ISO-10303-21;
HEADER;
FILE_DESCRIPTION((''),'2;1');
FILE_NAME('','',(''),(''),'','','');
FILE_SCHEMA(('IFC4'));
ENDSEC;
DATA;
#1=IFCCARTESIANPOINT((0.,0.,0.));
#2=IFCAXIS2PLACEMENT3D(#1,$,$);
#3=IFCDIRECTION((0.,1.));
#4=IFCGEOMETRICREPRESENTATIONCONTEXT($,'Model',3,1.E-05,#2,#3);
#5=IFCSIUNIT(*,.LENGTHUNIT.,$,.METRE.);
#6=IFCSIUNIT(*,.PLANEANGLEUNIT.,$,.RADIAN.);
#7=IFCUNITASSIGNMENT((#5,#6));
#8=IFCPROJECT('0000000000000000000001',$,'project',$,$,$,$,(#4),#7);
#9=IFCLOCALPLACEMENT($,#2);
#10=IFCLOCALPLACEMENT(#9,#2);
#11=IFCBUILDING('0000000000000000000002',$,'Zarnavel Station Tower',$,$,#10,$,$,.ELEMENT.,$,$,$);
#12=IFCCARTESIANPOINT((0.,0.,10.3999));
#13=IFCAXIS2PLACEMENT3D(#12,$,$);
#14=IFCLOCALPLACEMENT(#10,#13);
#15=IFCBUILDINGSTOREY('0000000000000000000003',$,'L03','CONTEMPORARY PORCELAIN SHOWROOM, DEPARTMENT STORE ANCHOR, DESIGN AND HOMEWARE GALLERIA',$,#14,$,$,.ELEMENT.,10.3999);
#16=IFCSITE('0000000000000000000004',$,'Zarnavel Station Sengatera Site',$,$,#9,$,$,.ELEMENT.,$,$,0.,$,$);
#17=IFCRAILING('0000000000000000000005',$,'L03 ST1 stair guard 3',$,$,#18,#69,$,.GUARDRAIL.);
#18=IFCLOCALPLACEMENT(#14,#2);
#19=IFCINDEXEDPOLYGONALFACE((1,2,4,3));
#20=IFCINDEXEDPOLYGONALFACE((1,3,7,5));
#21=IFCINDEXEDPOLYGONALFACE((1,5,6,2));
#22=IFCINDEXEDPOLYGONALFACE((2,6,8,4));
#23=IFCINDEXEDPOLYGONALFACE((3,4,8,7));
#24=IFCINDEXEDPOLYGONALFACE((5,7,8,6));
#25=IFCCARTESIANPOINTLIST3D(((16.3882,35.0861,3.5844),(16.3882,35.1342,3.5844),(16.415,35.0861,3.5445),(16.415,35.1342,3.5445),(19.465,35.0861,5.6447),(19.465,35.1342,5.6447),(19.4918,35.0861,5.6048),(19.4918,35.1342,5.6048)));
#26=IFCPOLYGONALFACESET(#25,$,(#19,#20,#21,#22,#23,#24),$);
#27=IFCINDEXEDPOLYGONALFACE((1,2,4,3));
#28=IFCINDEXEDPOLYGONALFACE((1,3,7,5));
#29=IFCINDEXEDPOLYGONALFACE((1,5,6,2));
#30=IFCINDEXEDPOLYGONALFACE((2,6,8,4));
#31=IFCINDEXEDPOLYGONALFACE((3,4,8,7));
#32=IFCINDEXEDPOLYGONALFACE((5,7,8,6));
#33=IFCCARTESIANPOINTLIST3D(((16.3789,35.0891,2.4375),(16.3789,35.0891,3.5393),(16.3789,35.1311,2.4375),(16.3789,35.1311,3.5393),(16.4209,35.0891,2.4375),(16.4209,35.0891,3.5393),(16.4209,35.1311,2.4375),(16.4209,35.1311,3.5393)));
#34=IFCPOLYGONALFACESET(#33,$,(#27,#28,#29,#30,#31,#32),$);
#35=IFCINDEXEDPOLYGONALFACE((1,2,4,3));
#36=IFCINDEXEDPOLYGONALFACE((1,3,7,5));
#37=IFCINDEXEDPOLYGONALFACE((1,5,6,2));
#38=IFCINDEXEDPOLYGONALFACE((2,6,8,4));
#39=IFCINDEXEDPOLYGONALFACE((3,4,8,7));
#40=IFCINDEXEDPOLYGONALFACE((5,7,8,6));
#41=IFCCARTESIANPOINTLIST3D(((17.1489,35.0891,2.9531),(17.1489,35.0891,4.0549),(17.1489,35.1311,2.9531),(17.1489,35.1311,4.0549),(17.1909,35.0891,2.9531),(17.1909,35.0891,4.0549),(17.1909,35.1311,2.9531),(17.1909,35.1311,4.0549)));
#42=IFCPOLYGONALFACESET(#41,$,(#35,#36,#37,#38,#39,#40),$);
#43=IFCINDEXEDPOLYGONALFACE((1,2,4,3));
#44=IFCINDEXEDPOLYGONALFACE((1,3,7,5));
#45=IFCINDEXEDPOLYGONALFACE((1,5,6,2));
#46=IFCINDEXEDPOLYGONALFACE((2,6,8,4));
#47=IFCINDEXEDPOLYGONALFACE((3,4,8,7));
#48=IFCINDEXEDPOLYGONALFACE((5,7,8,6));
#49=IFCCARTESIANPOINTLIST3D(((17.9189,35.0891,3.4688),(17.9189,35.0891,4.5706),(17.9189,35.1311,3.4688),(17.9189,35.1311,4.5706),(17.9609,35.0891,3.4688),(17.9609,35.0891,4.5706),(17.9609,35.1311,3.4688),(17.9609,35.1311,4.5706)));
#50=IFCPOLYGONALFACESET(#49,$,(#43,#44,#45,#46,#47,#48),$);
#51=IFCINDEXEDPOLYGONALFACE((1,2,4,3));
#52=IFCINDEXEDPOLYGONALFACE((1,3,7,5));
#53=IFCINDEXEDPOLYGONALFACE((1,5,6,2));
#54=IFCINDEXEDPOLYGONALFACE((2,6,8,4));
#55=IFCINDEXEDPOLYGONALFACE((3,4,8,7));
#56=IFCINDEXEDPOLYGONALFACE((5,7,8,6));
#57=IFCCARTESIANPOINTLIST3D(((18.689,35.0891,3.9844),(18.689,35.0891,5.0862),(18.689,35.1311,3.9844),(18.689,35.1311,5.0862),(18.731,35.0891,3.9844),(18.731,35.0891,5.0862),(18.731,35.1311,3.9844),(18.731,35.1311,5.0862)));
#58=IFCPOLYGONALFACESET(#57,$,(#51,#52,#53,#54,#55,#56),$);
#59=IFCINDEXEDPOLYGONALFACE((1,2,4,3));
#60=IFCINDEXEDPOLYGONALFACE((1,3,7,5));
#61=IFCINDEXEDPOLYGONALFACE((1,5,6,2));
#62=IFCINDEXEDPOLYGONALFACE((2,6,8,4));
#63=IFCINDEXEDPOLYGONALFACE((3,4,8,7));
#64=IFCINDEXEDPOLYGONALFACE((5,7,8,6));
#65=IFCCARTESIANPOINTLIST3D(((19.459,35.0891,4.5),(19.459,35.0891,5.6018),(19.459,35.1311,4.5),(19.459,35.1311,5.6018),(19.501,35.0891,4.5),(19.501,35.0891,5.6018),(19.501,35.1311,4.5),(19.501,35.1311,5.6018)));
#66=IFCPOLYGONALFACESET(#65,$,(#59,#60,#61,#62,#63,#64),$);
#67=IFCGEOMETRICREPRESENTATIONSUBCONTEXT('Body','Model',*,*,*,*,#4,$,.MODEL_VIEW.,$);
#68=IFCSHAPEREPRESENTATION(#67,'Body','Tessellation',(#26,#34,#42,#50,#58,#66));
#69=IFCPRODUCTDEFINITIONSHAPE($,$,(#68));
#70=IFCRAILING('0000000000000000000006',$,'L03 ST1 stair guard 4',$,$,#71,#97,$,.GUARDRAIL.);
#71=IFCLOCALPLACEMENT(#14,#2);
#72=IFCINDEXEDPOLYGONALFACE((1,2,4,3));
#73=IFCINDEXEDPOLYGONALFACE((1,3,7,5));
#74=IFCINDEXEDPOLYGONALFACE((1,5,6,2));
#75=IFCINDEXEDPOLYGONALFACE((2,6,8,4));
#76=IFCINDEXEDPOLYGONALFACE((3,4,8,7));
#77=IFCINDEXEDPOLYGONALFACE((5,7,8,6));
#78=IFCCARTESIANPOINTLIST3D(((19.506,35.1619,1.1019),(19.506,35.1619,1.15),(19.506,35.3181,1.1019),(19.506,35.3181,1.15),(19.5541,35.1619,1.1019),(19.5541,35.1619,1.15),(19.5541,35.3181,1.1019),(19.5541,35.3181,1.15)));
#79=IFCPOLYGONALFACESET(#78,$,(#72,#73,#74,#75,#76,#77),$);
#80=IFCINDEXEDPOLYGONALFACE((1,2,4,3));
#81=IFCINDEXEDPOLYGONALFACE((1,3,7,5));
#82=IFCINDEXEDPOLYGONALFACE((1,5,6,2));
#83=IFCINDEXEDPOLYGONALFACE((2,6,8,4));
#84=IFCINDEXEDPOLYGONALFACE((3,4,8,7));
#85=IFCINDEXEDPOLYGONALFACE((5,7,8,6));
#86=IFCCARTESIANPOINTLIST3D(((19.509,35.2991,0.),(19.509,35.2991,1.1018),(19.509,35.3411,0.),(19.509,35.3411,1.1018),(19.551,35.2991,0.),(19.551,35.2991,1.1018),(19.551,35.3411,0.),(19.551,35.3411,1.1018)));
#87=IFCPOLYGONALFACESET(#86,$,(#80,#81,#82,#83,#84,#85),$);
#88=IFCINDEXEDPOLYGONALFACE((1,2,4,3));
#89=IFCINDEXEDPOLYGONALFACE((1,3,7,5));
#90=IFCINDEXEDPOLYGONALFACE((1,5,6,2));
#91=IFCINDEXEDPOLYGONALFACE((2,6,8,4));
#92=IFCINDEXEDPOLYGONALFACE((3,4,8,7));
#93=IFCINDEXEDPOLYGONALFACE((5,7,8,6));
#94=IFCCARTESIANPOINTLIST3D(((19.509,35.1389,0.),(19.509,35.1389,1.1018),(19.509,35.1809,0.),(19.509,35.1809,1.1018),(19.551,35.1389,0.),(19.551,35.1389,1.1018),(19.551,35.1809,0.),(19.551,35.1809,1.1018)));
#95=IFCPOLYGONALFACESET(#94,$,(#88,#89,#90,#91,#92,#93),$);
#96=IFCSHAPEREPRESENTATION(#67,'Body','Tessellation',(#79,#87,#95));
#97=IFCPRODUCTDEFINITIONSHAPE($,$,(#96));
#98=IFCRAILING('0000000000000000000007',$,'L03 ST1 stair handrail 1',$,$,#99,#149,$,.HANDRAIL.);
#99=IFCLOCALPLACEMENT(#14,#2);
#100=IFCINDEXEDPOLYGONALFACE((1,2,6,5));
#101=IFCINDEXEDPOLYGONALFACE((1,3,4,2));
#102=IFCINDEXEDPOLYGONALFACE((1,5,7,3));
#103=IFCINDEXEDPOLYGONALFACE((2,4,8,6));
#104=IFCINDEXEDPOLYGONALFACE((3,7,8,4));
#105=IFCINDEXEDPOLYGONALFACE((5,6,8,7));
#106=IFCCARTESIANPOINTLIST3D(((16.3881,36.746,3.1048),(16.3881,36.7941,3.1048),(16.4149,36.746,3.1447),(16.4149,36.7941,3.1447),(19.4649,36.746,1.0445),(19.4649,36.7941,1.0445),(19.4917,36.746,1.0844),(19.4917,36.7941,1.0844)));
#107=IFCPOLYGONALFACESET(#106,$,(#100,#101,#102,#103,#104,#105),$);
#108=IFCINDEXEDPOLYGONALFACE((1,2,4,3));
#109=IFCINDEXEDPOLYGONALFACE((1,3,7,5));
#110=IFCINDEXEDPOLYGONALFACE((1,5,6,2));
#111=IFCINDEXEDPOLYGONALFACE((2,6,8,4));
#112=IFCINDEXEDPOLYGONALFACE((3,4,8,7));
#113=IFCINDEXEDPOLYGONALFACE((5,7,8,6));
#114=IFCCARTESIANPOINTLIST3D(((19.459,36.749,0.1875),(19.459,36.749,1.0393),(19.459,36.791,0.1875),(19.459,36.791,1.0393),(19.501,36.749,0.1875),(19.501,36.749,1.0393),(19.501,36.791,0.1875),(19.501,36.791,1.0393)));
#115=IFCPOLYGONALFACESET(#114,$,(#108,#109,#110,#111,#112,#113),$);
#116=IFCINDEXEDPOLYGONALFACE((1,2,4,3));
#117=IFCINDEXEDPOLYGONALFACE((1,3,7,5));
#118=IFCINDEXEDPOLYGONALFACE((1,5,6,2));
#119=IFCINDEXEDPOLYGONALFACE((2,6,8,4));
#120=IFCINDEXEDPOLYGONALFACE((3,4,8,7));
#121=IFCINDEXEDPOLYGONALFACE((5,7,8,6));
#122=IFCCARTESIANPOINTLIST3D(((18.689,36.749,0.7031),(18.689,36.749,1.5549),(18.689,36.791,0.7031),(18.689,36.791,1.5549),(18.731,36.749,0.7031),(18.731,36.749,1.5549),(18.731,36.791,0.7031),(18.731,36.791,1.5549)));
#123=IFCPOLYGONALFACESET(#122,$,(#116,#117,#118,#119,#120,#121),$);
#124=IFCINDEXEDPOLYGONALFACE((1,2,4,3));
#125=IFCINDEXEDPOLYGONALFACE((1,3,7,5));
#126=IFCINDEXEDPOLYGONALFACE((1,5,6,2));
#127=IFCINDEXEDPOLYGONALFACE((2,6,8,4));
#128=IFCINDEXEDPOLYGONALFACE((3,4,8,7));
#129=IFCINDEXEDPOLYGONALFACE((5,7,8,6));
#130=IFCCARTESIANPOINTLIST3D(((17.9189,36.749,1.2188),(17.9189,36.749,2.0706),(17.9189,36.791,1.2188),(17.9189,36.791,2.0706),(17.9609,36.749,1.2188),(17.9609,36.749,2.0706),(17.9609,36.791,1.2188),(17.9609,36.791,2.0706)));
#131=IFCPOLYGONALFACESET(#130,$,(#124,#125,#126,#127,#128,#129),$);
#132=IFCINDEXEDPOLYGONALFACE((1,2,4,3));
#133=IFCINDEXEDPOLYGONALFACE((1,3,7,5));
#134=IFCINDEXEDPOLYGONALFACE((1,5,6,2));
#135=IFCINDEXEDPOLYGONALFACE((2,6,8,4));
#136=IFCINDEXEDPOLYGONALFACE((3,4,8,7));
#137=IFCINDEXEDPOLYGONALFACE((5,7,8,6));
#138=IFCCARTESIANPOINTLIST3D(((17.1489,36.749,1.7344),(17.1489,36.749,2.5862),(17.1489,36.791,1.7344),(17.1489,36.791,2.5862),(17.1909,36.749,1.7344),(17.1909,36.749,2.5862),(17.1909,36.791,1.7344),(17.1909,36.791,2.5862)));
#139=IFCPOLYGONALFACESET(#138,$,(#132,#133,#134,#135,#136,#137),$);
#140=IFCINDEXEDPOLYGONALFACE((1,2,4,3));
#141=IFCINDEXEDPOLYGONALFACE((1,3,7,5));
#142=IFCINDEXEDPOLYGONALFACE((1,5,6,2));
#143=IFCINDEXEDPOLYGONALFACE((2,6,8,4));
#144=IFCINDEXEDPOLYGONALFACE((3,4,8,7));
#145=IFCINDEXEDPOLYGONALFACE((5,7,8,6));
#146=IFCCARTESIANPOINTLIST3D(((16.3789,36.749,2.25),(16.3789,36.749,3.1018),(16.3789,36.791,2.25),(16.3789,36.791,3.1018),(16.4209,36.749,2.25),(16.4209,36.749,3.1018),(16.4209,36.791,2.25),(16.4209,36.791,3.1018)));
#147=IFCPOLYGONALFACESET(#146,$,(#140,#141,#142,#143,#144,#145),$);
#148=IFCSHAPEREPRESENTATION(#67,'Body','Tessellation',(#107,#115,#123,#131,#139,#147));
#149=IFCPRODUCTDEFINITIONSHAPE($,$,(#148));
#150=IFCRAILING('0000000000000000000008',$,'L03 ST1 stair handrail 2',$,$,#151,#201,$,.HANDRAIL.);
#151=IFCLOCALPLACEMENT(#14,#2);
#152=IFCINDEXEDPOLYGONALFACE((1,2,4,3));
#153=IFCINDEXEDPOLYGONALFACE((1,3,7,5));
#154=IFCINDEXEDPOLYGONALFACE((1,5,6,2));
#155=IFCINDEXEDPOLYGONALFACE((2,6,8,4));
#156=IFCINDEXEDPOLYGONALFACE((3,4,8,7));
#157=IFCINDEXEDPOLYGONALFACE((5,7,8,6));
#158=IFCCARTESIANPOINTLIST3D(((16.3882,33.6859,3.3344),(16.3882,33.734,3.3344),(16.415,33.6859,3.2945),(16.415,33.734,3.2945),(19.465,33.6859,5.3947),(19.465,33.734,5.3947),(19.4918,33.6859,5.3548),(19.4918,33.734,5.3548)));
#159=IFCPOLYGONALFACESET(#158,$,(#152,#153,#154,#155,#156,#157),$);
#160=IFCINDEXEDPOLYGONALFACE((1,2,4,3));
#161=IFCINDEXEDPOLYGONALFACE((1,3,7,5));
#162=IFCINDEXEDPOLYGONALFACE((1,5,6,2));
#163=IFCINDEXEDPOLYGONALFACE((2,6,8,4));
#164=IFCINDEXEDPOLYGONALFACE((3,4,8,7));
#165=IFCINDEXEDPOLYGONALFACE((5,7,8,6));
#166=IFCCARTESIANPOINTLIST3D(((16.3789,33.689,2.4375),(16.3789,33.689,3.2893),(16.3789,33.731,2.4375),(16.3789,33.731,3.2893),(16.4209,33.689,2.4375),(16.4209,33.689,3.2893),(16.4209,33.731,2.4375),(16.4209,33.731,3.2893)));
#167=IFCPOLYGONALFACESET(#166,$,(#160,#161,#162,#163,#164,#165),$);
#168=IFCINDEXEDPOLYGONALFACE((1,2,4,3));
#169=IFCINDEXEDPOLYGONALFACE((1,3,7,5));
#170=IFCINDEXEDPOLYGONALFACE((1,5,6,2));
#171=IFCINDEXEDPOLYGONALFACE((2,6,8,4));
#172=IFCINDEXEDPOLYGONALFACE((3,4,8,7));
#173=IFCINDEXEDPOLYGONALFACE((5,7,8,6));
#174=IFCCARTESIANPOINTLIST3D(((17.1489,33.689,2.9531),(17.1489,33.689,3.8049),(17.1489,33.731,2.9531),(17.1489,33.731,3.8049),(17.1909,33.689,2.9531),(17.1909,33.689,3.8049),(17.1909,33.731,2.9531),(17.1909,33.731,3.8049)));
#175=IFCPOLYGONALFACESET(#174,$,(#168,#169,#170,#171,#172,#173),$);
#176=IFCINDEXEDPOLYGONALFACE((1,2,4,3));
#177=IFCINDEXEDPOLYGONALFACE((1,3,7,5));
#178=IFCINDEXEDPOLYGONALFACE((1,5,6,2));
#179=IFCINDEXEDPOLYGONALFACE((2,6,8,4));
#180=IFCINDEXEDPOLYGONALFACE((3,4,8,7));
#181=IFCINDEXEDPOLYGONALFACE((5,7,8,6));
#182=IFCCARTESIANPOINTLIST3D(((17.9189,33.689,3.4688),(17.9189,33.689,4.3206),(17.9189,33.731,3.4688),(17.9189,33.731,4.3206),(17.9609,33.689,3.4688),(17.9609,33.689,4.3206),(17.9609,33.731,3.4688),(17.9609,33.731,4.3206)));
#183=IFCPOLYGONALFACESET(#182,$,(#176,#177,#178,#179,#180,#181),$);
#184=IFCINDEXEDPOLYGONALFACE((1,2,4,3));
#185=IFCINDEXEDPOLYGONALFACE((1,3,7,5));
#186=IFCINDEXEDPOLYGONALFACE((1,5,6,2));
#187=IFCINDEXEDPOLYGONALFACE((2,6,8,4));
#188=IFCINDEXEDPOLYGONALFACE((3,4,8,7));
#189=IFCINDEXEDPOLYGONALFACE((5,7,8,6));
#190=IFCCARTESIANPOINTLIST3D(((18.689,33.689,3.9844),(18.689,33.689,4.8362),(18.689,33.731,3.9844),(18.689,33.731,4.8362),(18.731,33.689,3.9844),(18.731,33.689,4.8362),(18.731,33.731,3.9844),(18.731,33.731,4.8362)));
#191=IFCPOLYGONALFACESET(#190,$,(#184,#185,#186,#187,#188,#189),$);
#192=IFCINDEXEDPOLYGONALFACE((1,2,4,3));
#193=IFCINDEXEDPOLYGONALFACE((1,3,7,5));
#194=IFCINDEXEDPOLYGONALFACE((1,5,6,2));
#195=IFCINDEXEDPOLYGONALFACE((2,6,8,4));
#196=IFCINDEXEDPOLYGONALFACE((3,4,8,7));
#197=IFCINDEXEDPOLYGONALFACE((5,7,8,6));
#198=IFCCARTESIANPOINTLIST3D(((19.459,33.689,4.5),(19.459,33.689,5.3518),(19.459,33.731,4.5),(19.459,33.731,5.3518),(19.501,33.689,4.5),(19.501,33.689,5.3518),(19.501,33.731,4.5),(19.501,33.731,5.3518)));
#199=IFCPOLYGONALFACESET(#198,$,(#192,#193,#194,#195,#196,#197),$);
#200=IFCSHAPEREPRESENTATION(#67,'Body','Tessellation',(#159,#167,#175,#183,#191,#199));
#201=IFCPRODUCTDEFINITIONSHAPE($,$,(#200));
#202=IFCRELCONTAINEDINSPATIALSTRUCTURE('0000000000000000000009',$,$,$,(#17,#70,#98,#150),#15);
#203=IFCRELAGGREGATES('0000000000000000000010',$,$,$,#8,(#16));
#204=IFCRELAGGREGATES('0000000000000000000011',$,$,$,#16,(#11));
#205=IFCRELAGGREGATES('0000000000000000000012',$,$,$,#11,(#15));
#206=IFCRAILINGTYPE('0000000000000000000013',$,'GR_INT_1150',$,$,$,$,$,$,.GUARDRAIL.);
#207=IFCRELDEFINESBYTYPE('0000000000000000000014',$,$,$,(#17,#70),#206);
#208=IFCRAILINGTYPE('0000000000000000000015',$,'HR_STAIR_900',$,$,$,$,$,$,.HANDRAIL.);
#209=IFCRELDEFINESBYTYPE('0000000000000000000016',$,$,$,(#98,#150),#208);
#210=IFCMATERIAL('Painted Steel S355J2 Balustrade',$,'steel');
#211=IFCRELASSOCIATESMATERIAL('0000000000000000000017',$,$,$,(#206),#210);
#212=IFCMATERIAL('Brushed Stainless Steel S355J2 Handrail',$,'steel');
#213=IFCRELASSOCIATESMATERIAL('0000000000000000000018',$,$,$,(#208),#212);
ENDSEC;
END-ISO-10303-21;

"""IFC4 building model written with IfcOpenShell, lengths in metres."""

from ifc_helpers import new_model, si_unit, direction, frame, origin, origin_2d, place, context, subcontext, project, spatial, rectangle, extrude, material, type_object, element, save


model = new_model("IFC4")

# Units and contexts
model_context = context("Model", 3, precision=1e-05, world=origin(), true_north=direction((0.0, 1.0)))
body_context = subcontext(model_context, "Body", "Model", "MODEL_VIEW")
ifc_project = project(units=[si_unit("LENGTHUNIT", "METRE"), si_unit("PLANEANGLEUNIT", "RADIAN")], contexts=[model_context])

# Site, building, storey
site_placement = place(None, origin())
site = spatial("IfcSite", under=ifc_project, at=site_placement, Name="Zarnavel Station Sengatera Site", CompositionType="ELEMENT", RefElevation=0.0)
building_placement = place(site_placement, origin())
building = spatial("IfcBuilding", under=site, at=building_placement, Name="Zarnavel Station Tower", CompositionType="ELEMENT")
storey_placement = place(building_placement, frame((0.0, 0.0, 10.3999)))
storey = spatial("IfcBuildingStorey", under=building, at=storey_placement, Name="L03", Description="CONTEMPORARY PORCELAIN SHOWROOM, DEPARTMENT STORE ANCHOR, DESIGN AND HOMEWARE GALLERIA", CompositionType="ELEMENT", Elevation=10.3999)

# Railings
ifc_material_1 = material(Name="Painted Steel S355J2 Balustrade", Category="steel")
railing_type_1 = type_object("IfcRailingType", Name="GR_INT_1150", PredefinedType="GUARDRAIL", material=ifc_material_1)
railing_1_placement = place(storey_placement, frame((16.3999, 35.1101, 2.4375)))
element("IfcRailing", 1, at=railing_1_placement, inside=storey, type_object=railing_type_1, Name="L03 ST1 stair guard 3", PredefinedType="GUARDRAIL", context=body_context, shape_type="SweptSolid", body=[
    extrude(rectangle(XDim=0.0481, YDim=0.0481, at=origin_2d()), frame((0.0017, 0.0, 1.127), z_axis=(0.830914, 0.0, 0.556401), x_axis=(0.0, 1.0, 0.0)), (0.0, 0.0, 1.0), 3.7029),
    extrude(rectangle(XDim=0.042, YDim=0.042, at=origin_2d()), origin(), (0.0, 0.0, 1.0), 1.1018),
    extrude(rectangle(XDim=0.042, YDim=0.042, at=origin_2d()), frame((0.77, 0.0, 0.5156)), (0.0, 0.0, 1.0), 1.1018),
    extrude(rectangle(XDim=0.042, YDim=0.042, at=origin_2d()), frame((1.54, 0.0, 1.0312)), (0.0, 0.0, 1.0), 1.1018),
    extrude(rectangle(XDim=0.042, YDim=0.042, at=origin_2d()), frame((2.3101, 0.0, 1.5469)), (0.0, 0.0, 1.0), 1.1018),
    extrude(rectangle(XDim=0.042, YDim=0.042, at=origin_2d()), frame((3.0801, 0.0, 2.0625)), (0.0, 0.0, 1.0), 1.1018),
])
railing_2_placement = place(storey_placement, frame((19.53, 35.3201, 0.0)))
element("IfcRailing", 2, at=railing_2_placement, inside=storey, type_object=railing_type_1, Name="L03 ST1 stair guard 4", PredefinedType="GUARDRAIL", context=body_context, shape_type="SweptSolid", body=[
    extrude(rectangle(XDim=0.0481, YDim=0.0481, at=origin_2d()), frame((0.0, -0.002, 1.126), z_axis=(0.0, -1.0, 0.0), x_axis=(1.0, 0.0, 0.0)), (0.0, 0.0, 1.0), 0.1562),
    extrude(rectangle(XDim=0.042, YDim=0.042, at=origin_2d()), origin(), (0.0, 0.0, 1.0), 1.1018),
    extrude(rectangle(XDim=0.042, YDim=0.042, at=origin_2d()), frame((0.0, -0.1602, 0.0)), (0.0, 0.0, 1.0), 1.1018),
])
ifc_material_2 = material(Name="Brushed Stainless Steel S355J2 Handrail", Category="steel")
railing_type_2 = type_object("IfcRailingType", Name="HR_STAIR_900", PredefinedType="HANDRAIL", material=ifc_material_2)
railing_3_placement = place(storey_placement, frame((19.48, 36.77, 0.1875)))
element("IfcRailing", 3, at=railing_3_placement, inside=storey, type_object=railing_type_2, Name="L03 ST1 stair handrail 1", PredefinedType="HANDRAIL", context=body_context, shape_type="SweptSolid", body=[
    extrude(rectangle(XDim=0.0481, YDim=0.0481, at=origin_2d()), frame((-0.0017, 0.0, 0.877), z_axis=(-0.830914, 0.0, 0.556401), x_axis=(0.0, -1.0, 0.0)), (0.0, 0.0, 1.0), 3.7029),
    extrude(rectangle(XDim=0.042, YDim=0.042, at=origin_2d()), origin(), (0.0, 0.0, 1.0), 0.8518),
    extrude(rectangle(XDim=0.042, YDim=0.042, at=origin_2d()), frame((-0.77, 0.0, 0.5156)), (0.0, 0.0, 1.0), 0.8518),
    extrude(rectangle(XDim=0.042, YDim=0.042, at=origin_2d()), frame((-1.54, 0.0, 1.0312)), (0.0, 0.0, 1.0), 0.8518),
    extrude(rectangle(XDim=0.042, YDim=0.042, at=origin_2d()), frame((-2.3101, 0.0, 1.5469)), (0.0, 0.0, 1.0), 0.8518),
    extrude(rectangle(XDim=0.042, YDim=0.042, at=origin_2d()), frame((-3.0801, 0.0, 2.0625)), (0.0, 0.0, 1.0), 0.8518),
])
railing_4_placement = place(storey_placement, frame((16.3999, 33.71, 2.4375)))
element("IfcRailing", 4, at=railing_4_placement, inside=storey, type_object=railing_type_2, Name="L03 ST1 stair handrail 2", PredefinedType="HANDRAIL", context=body_context, shape_type="SweptSolid", body=[
    extrude(rectangle(XDim=0.0481, YDim=0.0481, at=origin_2d()), frame((0.0017, 0.0, 0.877), z_axis=(0.830914, 0.0, 0.556401), x_axis=(0.0, 1.0, 0.0)), (0.0, 0.0, 1.0), 3.7029),
    extrude(rectangle(XDim=0.042, YDim=0.042, at=origin_2d()), origin(), (0.0, 0.0, 1.0), 0.8518),
    extrude(rectangle(XDim=0.042, YDim=0.042, at=origin_2d()), frame((0.77, 0.0, 0.5156)), (0.0, 0.0, 1.0), 0.8518),
    extrude(rectangle(XDim=0.042, YDim=0.042, at=origin_2d()), frame((1.54, 0.0, 1.0312)), (0.0, 0.0, 1.0), 0.8518),
    extrude(rectangle(XDim=0.042, YDim=0.042, at=origin_2d()), frame((2.3101, 0.0, 1.5469)), (0.0, 0.0, 1.0), 0.8518),
    extrude(rectangle(XDim=0.042, YDim=0.042, at=origin_2d()), frame((3.0801, 0.0, 2.0625)), (0.0, 0.0, 1.0), 0.8518),
])

save(model, "model.ifc")
